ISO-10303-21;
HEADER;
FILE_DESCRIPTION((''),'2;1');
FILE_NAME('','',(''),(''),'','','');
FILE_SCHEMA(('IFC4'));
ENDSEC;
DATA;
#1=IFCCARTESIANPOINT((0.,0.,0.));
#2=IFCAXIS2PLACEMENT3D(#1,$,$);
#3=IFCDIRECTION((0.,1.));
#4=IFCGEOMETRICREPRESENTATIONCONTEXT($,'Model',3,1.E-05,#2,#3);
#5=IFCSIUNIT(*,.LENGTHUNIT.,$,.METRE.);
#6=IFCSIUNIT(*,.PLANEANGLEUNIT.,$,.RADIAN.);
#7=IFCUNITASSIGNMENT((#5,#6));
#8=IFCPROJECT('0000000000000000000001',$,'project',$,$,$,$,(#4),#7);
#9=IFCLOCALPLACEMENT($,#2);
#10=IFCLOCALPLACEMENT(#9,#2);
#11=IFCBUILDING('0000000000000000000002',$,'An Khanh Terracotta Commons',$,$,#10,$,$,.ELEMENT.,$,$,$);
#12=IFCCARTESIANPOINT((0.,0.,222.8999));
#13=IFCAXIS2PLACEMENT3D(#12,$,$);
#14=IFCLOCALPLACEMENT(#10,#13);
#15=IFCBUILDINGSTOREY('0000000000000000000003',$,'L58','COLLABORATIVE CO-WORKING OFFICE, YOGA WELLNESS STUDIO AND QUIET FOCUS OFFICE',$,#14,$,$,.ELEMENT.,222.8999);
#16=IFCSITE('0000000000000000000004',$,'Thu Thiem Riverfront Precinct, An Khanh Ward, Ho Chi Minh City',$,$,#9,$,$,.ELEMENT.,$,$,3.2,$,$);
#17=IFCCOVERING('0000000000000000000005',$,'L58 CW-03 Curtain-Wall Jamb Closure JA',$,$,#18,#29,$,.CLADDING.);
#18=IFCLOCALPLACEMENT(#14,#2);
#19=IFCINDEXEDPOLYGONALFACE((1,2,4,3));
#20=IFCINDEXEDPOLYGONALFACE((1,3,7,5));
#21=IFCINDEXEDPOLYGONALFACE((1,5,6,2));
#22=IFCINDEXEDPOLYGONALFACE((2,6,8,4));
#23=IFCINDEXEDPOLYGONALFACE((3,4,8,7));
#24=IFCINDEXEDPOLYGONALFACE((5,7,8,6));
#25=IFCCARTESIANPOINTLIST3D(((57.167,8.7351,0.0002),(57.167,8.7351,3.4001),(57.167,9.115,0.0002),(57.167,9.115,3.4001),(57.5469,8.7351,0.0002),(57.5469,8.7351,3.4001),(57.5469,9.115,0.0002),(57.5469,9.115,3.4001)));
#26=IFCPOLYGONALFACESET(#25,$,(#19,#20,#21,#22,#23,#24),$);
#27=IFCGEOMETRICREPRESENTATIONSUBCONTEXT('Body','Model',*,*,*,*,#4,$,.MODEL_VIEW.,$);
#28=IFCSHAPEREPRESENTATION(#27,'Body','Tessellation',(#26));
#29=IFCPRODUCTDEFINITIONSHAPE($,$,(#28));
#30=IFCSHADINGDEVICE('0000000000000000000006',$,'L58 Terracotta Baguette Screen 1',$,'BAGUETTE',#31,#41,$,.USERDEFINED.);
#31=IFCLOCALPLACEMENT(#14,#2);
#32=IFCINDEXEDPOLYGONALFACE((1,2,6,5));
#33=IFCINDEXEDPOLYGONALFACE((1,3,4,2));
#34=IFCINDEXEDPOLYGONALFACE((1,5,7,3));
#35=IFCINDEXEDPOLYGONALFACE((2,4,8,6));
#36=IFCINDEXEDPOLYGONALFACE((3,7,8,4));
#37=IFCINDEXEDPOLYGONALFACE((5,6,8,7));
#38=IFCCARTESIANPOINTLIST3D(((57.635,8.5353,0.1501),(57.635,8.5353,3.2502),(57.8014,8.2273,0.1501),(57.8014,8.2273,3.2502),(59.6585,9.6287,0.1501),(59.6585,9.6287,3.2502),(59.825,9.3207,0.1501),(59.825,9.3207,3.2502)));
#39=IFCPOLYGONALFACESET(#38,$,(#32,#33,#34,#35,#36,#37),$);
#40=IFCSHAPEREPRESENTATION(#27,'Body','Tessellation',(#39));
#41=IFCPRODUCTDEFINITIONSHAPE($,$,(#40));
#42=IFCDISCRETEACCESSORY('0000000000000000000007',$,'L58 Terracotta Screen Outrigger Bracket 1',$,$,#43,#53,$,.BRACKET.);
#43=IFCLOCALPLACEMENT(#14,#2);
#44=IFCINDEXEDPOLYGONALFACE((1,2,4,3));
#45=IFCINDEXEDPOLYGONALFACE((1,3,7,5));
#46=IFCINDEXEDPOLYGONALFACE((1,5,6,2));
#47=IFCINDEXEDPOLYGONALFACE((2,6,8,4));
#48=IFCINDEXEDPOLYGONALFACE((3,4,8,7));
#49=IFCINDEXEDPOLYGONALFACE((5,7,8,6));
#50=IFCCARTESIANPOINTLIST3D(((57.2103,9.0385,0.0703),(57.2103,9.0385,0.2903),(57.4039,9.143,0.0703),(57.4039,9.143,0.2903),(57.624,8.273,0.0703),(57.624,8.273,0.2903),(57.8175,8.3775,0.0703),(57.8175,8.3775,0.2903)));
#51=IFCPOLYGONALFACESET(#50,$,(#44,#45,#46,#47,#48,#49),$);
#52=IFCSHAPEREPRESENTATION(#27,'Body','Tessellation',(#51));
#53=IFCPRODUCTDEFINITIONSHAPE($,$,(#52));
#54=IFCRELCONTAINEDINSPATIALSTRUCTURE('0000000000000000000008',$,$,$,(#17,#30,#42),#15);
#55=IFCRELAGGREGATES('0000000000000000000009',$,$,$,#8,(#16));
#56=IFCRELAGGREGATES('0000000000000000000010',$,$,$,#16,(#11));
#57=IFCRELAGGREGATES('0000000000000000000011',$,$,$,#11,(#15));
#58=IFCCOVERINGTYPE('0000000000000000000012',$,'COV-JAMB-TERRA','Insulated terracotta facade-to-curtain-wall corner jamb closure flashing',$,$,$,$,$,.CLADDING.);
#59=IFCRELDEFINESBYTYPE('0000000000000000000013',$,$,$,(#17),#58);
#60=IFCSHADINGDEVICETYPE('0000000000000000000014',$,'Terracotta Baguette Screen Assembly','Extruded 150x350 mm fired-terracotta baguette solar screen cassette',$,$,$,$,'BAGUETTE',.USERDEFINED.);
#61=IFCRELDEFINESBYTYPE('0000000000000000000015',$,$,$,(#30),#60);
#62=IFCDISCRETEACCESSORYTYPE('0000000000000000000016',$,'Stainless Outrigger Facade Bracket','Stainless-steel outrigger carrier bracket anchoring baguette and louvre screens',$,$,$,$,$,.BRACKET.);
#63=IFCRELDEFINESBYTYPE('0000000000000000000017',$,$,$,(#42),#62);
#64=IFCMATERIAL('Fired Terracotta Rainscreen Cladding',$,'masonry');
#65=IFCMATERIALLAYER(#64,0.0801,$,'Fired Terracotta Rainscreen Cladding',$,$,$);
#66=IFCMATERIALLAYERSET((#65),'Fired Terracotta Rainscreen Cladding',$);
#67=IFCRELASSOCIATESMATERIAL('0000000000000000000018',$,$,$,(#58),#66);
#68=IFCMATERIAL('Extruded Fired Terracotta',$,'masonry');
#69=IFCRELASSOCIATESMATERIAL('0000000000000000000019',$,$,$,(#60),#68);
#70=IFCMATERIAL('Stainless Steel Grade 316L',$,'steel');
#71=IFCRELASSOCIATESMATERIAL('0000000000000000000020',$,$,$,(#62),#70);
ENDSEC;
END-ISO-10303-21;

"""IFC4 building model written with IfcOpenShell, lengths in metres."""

from ifc_helpers import new_model, si_unit, direction, frame, origin, origin_2d, place, context, subcontext, project, spatial, rectangle, extrude, material, layer, layer_set, type_object, element, save


model = new_model("IFC4")

# Units and contexts
model_context = context("Model", 3, precision=1e-05, world=origin(), true_north=direction((0.0, 1.0)))
body_context = subcontext(model_context, "Body", "Model", "MODEL_VIEW")
ifc_project = project(units=[si_unit("LENGTHUNIT", "METRE"), si_unit("PLANEANGLEUNIT", "RADIAN")], contexts=[model_context])

# Site, building, storey
site_placement = place(None, origin())
site = spatial("IfcSite", under=ifc_project, at=site_placement, Name="Thu Thiem Riverfront Precinct, An Khanh Ward, Ho Chi Minh City", CompositionType="ELEMENT", RefElevation=3.2)
building_placement = place(site_placement, origin())
building = spatial("IfcBuilding", under=site, at=building_placement, Name="An Khanh Terracotta Commons", CompositionType="ELEMENT")
storey_placement = place(building_placement, frame((0.0, 0.0, 222.8999)))
storey = spatial("IfcBuildingStorey", under=building, at=storey_placement, Name="L58", Description="COLLABORATIVE CO-WORKING OFFICE, YOGA WELLNESS STUDIO AND QUIET FOCUS OFFICE", CompositionType="ELEMENT", Elevation=222.8999)

# Covering
ifc_material_1 = material(Name="Fired Terracotta Rainscreen Cladding", Category="masonry")
ifc_layer_1 = layer(ifc_material_1, 0.0801, Name="Fired Terracotta Rainscreen Cladding")
ifc_layer_set_1 = layer_set([ifc_layer_1], Name="Fired Terracotta Rainscreen Cladding")
covering_type = type_object("IfcCoveringType", Name="COV-JAMB-TERRA", Description="Insulated terracotta facade-to-curtain-wall corner jamb closure flashing", PredefinedType="CLADDING", material=ifc_layer_set_1)
covering_placement = place(storey_placement, frame((57.3569, 8.925, 0.0002), z_axis=(0.0, 0.0, 1.0), x_axis=(1.0, 0.0, 0.0)))
element("IfcCovering", 1, at=covering_placement, inside=storey, type_object=covering_type, Name="L58 CW-03 Curtain-Wall Jamb Closure JA", PredefinedType="CLADDING", context=body_context, shape_type="SweptSolid", body=[
    extrude(rectangle(XDim=0.3799, YDim=0.3799, at=origin_2d()), origin(), (0.0, 0.0, 1.0), 3.3999),
])

# Shading device
ifc_material_2 = material(Name="Extruded Fired Terracotta", Category="masonry")
shading_device_type = type_object("IfcShadingDeviceType", Name="Terracotta Baguette Screen Assembly", Description="Extruded 150x350 mm fired-terracotta baguette solar screen cassette", ElementType="BAGUETTE", PredefinedType="USERDEFINED", material=ifc_material_2)
shading_device_placement = place(storey_placement, frame((58.73, 8.928, 0.1501), z_axis=(0.0, 0.0, 1.0), x_axis=(0.87978, 0.475381, 0.0)))
element("IfcShadingDevice", 2, at=shading_device_placement, inside=storey, type_object=shading_device_type, Name="L58 Terracotta Baguette Screen 1", ObjectType="BAGUETTE", PredefinedType="USERDEFINED", context=body_context, shape_type="SweptSolid", body=[
    extrude(rectangle(XDim=2.3, YDim=0.3501, at=origin_2d()), origin(), (0.0, 0.0, 1.0), 3.1001),
])

# Discrete accessory
ifc_material_3 = material(Name="Stainless Steel Grade 316L", Category="steel")
discrete_accessory_type = type_object("IfcDiscreteAccessoryType", Name="Stainless Outrigger Facade Bracket", Description="Stainless-steel outrigger carrier bracket anchoring baguette and louvre screens", PredefinedType="BRACKET", material=ifc_material_3)
discrete_accessory_placement = place(storey_placement, frame((57.5139, 8.708, 0.0703), z_axis=(0.0, 0.0, 1.0), x_axis=(0.87978, 0.475381, 0.0)))
element("IfcDiscreteAccessory", 3, at=discrete_accessory_placement, inside=storey, type_object=discrete_accessory_type, Name="L58 Terracotta Screen Outrigger Bracket 1", PredefinedType="BRACKET", context=body_context, shape_type="SweptSolid", body=[
    extrude(rectangle(XDim=0.22, YDim=0.8701, at=origin_2d()), origin(), (0.0, 0.0, 1.0), 0.22),
])

save(model, "model.ifc")
